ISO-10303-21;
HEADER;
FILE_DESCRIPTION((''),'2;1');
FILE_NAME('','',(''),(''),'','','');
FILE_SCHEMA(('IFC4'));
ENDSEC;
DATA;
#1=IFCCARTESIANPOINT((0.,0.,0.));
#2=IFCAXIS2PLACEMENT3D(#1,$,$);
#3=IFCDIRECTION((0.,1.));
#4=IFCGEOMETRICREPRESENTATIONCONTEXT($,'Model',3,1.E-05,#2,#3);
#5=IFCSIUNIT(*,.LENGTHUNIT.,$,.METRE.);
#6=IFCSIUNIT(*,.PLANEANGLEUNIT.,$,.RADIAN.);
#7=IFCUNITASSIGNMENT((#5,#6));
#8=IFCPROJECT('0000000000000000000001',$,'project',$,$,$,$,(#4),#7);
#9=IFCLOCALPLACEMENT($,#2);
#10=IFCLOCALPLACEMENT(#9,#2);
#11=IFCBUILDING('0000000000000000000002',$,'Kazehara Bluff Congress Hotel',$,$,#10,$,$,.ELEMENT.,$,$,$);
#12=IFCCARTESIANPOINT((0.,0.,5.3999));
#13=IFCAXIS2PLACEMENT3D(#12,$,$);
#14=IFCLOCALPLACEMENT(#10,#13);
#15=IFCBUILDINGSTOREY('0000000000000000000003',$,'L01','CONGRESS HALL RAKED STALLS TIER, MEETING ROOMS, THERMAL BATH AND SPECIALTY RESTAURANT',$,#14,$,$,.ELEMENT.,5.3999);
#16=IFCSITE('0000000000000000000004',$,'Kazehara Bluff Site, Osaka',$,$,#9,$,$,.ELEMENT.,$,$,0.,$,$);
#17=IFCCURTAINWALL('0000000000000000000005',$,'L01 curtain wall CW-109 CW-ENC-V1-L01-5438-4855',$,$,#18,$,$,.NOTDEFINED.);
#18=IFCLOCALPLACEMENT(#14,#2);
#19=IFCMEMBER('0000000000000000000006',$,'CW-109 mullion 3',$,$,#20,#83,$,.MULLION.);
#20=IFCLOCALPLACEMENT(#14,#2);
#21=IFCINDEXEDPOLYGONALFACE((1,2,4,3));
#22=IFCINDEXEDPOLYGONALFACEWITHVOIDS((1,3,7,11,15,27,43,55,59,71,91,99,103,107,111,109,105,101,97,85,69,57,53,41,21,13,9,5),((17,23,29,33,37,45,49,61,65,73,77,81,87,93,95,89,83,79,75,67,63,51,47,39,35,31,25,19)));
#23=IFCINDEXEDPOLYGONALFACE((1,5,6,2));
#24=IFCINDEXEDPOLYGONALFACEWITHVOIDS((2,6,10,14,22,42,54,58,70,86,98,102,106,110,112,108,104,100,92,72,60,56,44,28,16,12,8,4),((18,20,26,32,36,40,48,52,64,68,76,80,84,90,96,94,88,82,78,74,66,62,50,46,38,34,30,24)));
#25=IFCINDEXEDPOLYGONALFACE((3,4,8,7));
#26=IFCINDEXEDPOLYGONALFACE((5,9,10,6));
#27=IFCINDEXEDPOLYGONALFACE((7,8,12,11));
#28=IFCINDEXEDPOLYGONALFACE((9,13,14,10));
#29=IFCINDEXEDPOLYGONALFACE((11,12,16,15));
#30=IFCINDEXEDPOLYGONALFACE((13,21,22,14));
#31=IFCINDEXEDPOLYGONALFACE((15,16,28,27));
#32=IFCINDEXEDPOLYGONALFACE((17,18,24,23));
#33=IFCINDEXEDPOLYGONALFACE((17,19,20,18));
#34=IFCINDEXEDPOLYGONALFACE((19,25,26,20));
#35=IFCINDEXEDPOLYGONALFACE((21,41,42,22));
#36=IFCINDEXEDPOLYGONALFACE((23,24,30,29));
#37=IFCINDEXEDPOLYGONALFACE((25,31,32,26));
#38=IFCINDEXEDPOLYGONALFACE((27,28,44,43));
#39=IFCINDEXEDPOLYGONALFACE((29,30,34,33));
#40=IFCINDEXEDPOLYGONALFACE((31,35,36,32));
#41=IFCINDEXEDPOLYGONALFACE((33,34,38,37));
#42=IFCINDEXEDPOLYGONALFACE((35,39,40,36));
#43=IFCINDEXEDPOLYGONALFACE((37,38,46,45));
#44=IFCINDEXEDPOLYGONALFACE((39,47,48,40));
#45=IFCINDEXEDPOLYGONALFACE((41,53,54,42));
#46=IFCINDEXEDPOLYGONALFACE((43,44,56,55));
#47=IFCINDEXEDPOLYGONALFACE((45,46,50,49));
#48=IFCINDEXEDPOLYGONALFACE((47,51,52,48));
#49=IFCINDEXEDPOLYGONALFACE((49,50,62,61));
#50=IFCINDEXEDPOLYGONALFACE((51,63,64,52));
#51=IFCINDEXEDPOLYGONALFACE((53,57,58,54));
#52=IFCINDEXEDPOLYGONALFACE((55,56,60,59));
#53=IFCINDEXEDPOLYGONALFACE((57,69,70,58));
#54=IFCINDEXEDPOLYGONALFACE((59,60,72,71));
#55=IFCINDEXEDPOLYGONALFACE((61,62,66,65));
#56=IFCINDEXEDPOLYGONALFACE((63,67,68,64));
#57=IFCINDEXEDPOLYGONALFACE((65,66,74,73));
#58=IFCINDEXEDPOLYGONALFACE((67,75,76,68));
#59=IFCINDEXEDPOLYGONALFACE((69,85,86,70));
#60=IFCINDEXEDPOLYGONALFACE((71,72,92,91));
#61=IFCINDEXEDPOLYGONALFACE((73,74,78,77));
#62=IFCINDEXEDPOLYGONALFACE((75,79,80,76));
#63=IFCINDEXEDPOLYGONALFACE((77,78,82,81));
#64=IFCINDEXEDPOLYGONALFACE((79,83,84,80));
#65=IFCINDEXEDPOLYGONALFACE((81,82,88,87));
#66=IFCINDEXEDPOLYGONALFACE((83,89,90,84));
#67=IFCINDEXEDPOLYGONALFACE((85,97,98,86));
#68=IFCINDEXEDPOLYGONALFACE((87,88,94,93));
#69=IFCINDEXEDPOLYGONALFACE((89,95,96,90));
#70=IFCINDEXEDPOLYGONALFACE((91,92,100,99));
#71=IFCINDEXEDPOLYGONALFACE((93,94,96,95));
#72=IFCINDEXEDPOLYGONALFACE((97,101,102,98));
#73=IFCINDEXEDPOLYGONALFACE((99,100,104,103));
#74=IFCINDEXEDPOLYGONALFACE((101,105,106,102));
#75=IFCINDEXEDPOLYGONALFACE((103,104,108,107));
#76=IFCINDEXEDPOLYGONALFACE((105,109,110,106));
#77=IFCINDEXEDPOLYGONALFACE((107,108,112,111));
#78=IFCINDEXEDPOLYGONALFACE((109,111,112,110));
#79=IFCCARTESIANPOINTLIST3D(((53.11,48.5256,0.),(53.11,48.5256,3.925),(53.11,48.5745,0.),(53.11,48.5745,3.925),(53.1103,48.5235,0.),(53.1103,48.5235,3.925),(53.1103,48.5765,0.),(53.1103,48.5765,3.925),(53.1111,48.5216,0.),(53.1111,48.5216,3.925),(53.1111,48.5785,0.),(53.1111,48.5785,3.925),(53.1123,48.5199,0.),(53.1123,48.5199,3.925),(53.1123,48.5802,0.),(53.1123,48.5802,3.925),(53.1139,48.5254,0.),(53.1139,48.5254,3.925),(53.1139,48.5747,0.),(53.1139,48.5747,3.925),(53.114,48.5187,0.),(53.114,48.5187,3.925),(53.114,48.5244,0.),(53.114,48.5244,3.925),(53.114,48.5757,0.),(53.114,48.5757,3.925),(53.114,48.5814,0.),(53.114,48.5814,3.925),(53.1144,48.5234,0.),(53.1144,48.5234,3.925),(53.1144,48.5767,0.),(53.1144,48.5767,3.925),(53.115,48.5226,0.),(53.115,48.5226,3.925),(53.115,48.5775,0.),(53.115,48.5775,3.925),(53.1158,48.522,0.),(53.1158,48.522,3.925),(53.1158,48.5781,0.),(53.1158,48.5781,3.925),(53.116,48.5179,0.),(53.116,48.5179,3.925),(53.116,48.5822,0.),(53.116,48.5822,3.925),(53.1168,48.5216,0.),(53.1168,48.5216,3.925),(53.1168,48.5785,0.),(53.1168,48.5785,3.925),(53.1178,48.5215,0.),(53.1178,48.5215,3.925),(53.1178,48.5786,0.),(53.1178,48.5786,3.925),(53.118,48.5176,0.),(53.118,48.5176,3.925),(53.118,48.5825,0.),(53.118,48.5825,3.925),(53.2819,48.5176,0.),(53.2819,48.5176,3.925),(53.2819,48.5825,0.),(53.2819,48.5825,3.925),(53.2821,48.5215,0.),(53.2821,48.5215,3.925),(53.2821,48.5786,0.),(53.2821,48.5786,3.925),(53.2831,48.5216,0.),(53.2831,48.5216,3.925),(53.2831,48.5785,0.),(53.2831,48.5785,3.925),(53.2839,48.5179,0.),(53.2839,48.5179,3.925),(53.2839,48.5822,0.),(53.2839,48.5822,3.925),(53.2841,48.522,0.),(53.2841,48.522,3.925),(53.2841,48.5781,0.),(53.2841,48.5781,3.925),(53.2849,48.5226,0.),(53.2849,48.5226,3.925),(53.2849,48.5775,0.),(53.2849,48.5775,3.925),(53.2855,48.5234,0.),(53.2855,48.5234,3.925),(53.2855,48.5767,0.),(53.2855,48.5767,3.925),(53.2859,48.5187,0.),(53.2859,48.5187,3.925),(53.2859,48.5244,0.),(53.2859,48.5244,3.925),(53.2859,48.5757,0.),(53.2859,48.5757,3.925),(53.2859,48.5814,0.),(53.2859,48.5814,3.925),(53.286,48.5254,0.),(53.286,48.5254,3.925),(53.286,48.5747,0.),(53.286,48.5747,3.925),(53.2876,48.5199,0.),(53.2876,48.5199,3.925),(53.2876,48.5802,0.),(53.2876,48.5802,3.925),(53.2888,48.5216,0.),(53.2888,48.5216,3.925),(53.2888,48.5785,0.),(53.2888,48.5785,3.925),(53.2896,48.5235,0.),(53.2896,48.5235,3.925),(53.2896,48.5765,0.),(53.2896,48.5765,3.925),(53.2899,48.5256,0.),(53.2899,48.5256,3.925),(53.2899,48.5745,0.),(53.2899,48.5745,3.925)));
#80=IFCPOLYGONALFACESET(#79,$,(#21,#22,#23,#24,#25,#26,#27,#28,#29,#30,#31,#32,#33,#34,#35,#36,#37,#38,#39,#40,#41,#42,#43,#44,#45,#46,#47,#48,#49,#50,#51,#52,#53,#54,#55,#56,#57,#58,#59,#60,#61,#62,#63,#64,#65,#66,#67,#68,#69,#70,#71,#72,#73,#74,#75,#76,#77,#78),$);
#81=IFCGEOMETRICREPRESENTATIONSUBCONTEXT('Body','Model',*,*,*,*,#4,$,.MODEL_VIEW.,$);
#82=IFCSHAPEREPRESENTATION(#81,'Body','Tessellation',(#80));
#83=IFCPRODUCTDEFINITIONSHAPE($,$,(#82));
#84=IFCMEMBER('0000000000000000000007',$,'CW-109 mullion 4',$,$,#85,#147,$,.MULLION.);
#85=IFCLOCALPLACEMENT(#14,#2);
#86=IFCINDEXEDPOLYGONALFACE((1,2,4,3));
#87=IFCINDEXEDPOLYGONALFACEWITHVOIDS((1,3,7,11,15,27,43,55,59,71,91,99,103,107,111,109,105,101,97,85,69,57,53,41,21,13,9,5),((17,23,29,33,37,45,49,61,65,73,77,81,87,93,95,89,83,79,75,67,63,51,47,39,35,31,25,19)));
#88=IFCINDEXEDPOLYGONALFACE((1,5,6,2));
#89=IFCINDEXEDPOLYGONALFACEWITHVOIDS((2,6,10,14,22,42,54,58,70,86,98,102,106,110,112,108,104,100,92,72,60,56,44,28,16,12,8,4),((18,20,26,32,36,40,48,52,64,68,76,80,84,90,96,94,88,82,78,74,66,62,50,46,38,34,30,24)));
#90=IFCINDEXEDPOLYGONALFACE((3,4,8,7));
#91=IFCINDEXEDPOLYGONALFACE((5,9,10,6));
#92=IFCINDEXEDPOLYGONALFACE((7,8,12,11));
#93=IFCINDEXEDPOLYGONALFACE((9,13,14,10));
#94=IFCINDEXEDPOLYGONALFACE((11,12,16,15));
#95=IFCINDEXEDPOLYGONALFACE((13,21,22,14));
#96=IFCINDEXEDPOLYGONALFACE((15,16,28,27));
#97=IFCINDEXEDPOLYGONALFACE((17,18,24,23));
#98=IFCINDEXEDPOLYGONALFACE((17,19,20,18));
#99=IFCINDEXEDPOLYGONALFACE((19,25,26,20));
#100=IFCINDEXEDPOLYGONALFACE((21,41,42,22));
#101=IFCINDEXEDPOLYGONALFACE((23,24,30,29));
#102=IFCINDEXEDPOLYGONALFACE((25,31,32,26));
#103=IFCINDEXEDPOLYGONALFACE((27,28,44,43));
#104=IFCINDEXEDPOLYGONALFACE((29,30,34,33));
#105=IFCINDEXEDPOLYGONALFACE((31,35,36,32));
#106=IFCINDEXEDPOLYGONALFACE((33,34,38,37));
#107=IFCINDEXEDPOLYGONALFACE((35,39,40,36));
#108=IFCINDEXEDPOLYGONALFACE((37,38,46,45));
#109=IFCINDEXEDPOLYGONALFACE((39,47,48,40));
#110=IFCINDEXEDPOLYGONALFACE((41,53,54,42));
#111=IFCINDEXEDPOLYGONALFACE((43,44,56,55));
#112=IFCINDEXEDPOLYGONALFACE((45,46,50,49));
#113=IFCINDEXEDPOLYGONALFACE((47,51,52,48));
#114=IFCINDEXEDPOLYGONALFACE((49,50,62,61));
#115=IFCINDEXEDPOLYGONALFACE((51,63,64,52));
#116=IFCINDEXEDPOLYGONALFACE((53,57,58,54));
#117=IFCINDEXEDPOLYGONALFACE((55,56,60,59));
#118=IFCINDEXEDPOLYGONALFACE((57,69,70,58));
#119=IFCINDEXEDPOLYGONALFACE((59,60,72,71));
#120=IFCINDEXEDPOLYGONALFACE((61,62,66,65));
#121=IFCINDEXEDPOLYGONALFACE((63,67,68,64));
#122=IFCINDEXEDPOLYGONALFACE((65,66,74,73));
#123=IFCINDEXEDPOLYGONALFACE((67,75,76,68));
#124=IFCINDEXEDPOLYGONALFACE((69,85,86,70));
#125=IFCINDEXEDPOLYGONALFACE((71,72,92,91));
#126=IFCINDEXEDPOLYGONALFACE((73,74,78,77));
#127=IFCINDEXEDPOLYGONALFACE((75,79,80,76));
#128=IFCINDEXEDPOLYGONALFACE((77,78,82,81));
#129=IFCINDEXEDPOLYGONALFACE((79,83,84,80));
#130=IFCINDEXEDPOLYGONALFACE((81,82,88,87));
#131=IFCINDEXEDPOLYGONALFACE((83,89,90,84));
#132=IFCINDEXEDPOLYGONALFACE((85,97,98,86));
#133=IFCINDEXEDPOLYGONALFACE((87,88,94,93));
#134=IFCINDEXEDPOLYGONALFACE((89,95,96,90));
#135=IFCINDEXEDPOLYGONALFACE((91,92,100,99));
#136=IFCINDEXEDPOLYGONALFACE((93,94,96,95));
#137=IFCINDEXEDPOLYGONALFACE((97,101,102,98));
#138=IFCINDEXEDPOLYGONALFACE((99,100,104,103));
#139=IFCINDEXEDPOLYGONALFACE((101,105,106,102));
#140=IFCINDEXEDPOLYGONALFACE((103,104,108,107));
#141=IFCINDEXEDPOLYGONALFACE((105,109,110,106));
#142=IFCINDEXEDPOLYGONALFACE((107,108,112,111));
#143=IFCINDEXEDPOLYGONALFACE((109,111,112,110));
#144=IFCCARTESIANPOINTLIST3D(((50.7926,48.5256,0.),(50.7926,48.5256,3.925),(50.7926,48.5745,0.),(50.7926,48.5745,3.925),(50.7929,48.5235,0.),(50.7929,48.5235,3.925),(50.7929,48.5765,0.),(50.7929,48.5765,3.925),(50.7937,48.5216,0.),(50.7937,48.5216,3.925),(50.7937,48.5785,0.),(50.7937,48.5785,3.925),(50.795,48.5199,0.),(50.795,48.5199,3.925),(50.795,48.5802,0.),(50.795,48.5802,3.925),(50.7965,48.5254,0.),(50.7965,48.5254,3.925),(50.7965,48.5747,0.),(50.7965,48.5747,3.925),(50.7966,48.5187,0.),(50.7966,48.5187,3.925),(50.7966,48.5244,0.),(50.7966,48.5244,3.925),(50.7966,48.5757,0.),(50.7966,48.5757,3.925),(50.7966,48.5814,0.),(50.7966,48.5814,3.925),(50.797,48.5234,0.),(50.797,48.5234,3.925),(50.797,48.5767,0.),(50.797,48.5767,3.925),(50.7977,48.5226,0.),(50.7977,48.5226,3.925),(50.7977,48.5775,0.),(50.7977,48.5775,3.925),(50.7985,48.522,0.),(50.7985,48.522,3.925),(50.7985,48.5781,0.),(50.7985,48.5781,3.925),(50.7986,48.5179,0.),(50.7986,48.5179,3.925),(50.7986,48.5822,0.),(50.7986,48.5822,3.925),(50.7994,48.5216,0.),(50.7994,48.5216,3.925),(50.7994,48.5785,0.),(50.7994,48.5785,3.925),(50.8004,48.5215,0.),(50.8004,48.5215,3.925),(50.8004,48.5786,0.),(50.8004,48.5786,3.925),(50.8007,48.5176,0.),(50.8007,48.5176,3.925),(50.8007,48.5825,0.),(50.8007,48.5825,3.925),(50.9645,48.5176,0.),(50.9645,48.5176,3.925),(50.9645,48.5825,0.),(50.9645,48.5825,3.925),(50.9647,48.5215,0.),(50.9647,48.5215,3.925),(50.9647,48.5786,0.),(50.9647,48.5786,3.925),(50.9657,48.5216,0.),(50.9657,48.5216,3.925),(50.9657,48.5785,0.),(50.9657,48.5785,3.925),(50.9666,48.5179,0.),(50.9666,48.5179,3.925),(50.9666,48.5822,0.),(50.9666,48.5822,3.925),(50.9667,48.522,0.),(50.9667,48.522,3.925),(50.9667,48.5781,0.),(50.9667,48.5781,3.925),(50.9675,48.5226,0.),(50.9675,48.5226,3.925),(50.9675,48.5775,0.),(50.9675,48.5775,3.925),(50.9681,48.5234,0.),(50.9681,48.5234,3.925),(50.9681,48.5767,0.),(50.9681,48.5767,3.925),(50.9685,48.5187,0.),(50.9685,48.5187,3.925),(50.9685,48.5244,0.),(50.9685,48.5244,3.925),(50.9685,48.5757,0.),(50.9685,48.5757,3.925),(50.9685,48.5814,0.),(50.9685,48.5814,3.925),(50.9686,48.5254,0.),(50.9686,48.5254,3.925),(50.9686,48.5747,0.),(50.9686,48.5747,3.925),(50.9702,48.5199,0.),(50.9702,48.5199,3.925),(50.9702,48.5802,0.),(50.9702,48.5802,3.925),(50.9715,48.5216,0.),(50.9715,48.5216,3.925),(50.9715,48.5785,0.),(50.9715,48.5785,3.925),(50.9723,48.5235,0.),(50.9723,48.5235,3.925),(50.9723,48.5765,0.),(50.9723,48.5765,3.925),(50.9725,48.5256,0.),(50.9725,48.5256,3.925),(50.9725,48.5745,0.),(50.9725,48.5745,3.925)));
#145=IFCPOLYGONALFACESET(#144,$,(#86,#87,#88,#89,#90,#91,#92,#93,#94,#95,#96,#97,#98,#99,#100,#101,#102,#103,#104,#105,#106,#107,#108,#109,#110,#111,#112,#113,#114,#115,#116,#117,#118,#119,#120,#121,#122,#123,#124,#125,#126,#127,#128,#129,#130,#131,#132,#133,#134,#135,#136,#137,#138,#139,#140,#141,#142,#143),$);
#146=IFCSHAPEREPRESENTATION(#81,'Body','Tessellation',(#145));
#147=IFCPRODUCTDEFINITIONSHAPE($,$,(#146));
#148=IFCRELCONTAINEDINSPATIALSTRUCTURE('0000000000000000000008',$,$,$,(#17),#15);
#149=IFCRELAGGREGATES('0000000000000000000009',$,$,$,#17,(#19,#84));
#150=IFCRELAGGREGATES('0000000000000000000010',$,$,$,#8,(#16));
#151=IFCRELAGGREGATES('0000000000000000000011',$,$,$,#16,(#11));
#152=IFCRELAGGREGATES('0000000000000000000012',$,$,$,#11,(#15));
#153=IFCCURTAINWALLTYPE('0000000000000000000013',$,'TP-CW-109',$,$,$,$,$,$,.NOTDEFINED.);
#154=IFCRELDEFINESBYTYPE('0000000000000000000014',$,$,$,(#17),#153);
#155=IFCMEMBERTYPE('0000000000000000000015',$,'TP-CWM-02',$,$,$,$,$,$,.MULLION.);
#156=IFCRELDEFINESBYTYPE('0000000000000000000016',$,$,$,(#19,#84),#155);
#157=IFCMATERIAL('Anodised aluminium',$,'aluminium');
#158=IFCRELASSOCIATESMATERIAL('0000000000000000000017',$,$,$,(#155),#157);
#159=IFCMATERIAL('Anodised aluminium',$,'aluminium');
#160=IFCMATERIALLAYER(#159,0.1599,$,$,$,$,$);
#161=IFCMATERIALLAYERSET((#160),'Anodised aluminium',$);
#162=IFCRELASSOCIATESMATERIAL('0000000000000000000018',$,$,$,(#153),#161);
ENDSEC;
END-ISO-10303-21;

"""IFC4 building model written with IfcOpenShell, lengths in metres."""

from ifc_helpers import new_model, si_unit, direction, frame, origin, origin_2d, place, context, subcontext, project, spatial, hollow_rectangle, extrude, material, layer, layer_set, material_profile, profile_set, type_object, element, aggregate, save


model = new_model("IFC4")

# Units and contexts
model_context = context("Model", 3, precision=1e-05, world=origin(), true_north=direction((0.0, 1.0)))
body_context = subcontext(model_context, "Body", "Model", "MODEL_VIEW")
ifc_project = project(units=[si_unit("LENGTHUNIT", "METRE"), si_unit("PLANEANGLEUNIT", "RADIAN")], contexts=[model_context])

# Site, building, storey
site_placement = place(None, origin())
site = spatial("IfcSite", under=ifc_project, at=site_placement, Name="Kazehara Bluff Site, Osaka", CompositionType="ELEMENT", RefElevation=0.0)
building_placement = place(site_placement, origin())
building = spatial("IfcBuilding", under=site, at=building_placement, Name="Kazehara Bluff Congress Hotel", CompositionType="ELEMENT")
storey_placement = place(building_placement, frame((0.0, 0.0, 5.3999)))
storey = spatial("IfcBuildingStorey", under=building, at=storey_placement, Name="L01", Description="CONGRESS HALL RAKED STALLS TIER, MEETING ROOMS, THERMAL BATH AND SPECIALTY RESTAURANT", CompositionType="ELEMENT", Elevation=5.3999)

# Shared definitions
ifc_material_1 = material(Name="Anodised aluminium", Category="aluminium")
ifc_material_profile_1 = material_profile(ifc_material_1, hollow_rectangle(XDim=0.0649, YDim=0.1799, WallThickness=0.0039, InnerFilletRadius=0.0039, OuterFilletRadius=0.0081, at=origin_2d()))
ifc_profile_set_1 = profile_set([ifc_material_profile_1], Name="Anodised aluminium")
member_type_1 = type_object("IfcMemberType", Name="TP-CWM-02", PredefinedType="MULLION", material=ifc_profile_set_1)

# Curtain wall, members
ifc_material_2 = material(Name="Anodised aluminium", Category="aluminium")
ifc_layer_1 = layer(ifc_material_2, 0.1599)
ifc_layer_set_1 = layer_set([ifc_layer_1], Name="Anodised aluminium")
curtain_wall_type_1 = type_object("IfcCurtainWallType", Name="TP-CW-109", PredefinedType="NOTDEFINED", material=ifc_layer_set_1)
curtain_wall_1_placement = place(storey_placement, origin())
curtain_wall_1 = element("IfcCurtainWall", 1, at=curtain_wall_1_placement, inside=storey, type_object=curtain_wall_type_1, Name="L01 curtain wall CW-109 CW-ENC-V1-L01-5438-4855", PredefinedType="NOTDEFINED")
member_1_placement = place(storey_placement, frame((53.2, 48.55, 0.0), z_axis=(0.0, 0.0, 1.0), x_axis=(0.0, -1.0, 0.0)))
member_1 = element("IfcMember", 2, at=member_1_placement, type_object=member_type_1, Name="CW-109 mullion 3", PredefinedType="MULLION", context=body_context, shape_type="SweptSolid", body=[
    extrude(hollow_rectangle(XDim=0.0649, YDim=0.1799, WallThickness=0.0039, InnerFilletRadius=0.0039, OuterFilletRadius=0.0081, at=origin_2d()), origin(), (0.0, 0.0, 1.0), 3.925),
])
member_2_placement = place(storey_placement, frame((50.8826, 48.55, 0.0), z_axis=(0.0, 0.0, 1.0), x_axis=(0.0, -1.0, 0.0)))
member_2 = element("IfcMember", 3, at=member_2_placement, type_object=member_type_1, Name="CW-109 mullion 4", PredefinedType="MULLION", context=body_context, shape_type="SweptSolid", body=[
    extrude(hollow_rectangle(XDim=0.0649, YDim=0.1799, WallThickness=0.0039, InnerFilletRadius=0.0039, OuterFilletRadius=0.0081, at=origin_2d()), origin(), (0.0, 0.0, 1.0), 3.925),
])

aggregate(curtain_wall_1, [member_1, member_2])

save(model, "model.ifc")
